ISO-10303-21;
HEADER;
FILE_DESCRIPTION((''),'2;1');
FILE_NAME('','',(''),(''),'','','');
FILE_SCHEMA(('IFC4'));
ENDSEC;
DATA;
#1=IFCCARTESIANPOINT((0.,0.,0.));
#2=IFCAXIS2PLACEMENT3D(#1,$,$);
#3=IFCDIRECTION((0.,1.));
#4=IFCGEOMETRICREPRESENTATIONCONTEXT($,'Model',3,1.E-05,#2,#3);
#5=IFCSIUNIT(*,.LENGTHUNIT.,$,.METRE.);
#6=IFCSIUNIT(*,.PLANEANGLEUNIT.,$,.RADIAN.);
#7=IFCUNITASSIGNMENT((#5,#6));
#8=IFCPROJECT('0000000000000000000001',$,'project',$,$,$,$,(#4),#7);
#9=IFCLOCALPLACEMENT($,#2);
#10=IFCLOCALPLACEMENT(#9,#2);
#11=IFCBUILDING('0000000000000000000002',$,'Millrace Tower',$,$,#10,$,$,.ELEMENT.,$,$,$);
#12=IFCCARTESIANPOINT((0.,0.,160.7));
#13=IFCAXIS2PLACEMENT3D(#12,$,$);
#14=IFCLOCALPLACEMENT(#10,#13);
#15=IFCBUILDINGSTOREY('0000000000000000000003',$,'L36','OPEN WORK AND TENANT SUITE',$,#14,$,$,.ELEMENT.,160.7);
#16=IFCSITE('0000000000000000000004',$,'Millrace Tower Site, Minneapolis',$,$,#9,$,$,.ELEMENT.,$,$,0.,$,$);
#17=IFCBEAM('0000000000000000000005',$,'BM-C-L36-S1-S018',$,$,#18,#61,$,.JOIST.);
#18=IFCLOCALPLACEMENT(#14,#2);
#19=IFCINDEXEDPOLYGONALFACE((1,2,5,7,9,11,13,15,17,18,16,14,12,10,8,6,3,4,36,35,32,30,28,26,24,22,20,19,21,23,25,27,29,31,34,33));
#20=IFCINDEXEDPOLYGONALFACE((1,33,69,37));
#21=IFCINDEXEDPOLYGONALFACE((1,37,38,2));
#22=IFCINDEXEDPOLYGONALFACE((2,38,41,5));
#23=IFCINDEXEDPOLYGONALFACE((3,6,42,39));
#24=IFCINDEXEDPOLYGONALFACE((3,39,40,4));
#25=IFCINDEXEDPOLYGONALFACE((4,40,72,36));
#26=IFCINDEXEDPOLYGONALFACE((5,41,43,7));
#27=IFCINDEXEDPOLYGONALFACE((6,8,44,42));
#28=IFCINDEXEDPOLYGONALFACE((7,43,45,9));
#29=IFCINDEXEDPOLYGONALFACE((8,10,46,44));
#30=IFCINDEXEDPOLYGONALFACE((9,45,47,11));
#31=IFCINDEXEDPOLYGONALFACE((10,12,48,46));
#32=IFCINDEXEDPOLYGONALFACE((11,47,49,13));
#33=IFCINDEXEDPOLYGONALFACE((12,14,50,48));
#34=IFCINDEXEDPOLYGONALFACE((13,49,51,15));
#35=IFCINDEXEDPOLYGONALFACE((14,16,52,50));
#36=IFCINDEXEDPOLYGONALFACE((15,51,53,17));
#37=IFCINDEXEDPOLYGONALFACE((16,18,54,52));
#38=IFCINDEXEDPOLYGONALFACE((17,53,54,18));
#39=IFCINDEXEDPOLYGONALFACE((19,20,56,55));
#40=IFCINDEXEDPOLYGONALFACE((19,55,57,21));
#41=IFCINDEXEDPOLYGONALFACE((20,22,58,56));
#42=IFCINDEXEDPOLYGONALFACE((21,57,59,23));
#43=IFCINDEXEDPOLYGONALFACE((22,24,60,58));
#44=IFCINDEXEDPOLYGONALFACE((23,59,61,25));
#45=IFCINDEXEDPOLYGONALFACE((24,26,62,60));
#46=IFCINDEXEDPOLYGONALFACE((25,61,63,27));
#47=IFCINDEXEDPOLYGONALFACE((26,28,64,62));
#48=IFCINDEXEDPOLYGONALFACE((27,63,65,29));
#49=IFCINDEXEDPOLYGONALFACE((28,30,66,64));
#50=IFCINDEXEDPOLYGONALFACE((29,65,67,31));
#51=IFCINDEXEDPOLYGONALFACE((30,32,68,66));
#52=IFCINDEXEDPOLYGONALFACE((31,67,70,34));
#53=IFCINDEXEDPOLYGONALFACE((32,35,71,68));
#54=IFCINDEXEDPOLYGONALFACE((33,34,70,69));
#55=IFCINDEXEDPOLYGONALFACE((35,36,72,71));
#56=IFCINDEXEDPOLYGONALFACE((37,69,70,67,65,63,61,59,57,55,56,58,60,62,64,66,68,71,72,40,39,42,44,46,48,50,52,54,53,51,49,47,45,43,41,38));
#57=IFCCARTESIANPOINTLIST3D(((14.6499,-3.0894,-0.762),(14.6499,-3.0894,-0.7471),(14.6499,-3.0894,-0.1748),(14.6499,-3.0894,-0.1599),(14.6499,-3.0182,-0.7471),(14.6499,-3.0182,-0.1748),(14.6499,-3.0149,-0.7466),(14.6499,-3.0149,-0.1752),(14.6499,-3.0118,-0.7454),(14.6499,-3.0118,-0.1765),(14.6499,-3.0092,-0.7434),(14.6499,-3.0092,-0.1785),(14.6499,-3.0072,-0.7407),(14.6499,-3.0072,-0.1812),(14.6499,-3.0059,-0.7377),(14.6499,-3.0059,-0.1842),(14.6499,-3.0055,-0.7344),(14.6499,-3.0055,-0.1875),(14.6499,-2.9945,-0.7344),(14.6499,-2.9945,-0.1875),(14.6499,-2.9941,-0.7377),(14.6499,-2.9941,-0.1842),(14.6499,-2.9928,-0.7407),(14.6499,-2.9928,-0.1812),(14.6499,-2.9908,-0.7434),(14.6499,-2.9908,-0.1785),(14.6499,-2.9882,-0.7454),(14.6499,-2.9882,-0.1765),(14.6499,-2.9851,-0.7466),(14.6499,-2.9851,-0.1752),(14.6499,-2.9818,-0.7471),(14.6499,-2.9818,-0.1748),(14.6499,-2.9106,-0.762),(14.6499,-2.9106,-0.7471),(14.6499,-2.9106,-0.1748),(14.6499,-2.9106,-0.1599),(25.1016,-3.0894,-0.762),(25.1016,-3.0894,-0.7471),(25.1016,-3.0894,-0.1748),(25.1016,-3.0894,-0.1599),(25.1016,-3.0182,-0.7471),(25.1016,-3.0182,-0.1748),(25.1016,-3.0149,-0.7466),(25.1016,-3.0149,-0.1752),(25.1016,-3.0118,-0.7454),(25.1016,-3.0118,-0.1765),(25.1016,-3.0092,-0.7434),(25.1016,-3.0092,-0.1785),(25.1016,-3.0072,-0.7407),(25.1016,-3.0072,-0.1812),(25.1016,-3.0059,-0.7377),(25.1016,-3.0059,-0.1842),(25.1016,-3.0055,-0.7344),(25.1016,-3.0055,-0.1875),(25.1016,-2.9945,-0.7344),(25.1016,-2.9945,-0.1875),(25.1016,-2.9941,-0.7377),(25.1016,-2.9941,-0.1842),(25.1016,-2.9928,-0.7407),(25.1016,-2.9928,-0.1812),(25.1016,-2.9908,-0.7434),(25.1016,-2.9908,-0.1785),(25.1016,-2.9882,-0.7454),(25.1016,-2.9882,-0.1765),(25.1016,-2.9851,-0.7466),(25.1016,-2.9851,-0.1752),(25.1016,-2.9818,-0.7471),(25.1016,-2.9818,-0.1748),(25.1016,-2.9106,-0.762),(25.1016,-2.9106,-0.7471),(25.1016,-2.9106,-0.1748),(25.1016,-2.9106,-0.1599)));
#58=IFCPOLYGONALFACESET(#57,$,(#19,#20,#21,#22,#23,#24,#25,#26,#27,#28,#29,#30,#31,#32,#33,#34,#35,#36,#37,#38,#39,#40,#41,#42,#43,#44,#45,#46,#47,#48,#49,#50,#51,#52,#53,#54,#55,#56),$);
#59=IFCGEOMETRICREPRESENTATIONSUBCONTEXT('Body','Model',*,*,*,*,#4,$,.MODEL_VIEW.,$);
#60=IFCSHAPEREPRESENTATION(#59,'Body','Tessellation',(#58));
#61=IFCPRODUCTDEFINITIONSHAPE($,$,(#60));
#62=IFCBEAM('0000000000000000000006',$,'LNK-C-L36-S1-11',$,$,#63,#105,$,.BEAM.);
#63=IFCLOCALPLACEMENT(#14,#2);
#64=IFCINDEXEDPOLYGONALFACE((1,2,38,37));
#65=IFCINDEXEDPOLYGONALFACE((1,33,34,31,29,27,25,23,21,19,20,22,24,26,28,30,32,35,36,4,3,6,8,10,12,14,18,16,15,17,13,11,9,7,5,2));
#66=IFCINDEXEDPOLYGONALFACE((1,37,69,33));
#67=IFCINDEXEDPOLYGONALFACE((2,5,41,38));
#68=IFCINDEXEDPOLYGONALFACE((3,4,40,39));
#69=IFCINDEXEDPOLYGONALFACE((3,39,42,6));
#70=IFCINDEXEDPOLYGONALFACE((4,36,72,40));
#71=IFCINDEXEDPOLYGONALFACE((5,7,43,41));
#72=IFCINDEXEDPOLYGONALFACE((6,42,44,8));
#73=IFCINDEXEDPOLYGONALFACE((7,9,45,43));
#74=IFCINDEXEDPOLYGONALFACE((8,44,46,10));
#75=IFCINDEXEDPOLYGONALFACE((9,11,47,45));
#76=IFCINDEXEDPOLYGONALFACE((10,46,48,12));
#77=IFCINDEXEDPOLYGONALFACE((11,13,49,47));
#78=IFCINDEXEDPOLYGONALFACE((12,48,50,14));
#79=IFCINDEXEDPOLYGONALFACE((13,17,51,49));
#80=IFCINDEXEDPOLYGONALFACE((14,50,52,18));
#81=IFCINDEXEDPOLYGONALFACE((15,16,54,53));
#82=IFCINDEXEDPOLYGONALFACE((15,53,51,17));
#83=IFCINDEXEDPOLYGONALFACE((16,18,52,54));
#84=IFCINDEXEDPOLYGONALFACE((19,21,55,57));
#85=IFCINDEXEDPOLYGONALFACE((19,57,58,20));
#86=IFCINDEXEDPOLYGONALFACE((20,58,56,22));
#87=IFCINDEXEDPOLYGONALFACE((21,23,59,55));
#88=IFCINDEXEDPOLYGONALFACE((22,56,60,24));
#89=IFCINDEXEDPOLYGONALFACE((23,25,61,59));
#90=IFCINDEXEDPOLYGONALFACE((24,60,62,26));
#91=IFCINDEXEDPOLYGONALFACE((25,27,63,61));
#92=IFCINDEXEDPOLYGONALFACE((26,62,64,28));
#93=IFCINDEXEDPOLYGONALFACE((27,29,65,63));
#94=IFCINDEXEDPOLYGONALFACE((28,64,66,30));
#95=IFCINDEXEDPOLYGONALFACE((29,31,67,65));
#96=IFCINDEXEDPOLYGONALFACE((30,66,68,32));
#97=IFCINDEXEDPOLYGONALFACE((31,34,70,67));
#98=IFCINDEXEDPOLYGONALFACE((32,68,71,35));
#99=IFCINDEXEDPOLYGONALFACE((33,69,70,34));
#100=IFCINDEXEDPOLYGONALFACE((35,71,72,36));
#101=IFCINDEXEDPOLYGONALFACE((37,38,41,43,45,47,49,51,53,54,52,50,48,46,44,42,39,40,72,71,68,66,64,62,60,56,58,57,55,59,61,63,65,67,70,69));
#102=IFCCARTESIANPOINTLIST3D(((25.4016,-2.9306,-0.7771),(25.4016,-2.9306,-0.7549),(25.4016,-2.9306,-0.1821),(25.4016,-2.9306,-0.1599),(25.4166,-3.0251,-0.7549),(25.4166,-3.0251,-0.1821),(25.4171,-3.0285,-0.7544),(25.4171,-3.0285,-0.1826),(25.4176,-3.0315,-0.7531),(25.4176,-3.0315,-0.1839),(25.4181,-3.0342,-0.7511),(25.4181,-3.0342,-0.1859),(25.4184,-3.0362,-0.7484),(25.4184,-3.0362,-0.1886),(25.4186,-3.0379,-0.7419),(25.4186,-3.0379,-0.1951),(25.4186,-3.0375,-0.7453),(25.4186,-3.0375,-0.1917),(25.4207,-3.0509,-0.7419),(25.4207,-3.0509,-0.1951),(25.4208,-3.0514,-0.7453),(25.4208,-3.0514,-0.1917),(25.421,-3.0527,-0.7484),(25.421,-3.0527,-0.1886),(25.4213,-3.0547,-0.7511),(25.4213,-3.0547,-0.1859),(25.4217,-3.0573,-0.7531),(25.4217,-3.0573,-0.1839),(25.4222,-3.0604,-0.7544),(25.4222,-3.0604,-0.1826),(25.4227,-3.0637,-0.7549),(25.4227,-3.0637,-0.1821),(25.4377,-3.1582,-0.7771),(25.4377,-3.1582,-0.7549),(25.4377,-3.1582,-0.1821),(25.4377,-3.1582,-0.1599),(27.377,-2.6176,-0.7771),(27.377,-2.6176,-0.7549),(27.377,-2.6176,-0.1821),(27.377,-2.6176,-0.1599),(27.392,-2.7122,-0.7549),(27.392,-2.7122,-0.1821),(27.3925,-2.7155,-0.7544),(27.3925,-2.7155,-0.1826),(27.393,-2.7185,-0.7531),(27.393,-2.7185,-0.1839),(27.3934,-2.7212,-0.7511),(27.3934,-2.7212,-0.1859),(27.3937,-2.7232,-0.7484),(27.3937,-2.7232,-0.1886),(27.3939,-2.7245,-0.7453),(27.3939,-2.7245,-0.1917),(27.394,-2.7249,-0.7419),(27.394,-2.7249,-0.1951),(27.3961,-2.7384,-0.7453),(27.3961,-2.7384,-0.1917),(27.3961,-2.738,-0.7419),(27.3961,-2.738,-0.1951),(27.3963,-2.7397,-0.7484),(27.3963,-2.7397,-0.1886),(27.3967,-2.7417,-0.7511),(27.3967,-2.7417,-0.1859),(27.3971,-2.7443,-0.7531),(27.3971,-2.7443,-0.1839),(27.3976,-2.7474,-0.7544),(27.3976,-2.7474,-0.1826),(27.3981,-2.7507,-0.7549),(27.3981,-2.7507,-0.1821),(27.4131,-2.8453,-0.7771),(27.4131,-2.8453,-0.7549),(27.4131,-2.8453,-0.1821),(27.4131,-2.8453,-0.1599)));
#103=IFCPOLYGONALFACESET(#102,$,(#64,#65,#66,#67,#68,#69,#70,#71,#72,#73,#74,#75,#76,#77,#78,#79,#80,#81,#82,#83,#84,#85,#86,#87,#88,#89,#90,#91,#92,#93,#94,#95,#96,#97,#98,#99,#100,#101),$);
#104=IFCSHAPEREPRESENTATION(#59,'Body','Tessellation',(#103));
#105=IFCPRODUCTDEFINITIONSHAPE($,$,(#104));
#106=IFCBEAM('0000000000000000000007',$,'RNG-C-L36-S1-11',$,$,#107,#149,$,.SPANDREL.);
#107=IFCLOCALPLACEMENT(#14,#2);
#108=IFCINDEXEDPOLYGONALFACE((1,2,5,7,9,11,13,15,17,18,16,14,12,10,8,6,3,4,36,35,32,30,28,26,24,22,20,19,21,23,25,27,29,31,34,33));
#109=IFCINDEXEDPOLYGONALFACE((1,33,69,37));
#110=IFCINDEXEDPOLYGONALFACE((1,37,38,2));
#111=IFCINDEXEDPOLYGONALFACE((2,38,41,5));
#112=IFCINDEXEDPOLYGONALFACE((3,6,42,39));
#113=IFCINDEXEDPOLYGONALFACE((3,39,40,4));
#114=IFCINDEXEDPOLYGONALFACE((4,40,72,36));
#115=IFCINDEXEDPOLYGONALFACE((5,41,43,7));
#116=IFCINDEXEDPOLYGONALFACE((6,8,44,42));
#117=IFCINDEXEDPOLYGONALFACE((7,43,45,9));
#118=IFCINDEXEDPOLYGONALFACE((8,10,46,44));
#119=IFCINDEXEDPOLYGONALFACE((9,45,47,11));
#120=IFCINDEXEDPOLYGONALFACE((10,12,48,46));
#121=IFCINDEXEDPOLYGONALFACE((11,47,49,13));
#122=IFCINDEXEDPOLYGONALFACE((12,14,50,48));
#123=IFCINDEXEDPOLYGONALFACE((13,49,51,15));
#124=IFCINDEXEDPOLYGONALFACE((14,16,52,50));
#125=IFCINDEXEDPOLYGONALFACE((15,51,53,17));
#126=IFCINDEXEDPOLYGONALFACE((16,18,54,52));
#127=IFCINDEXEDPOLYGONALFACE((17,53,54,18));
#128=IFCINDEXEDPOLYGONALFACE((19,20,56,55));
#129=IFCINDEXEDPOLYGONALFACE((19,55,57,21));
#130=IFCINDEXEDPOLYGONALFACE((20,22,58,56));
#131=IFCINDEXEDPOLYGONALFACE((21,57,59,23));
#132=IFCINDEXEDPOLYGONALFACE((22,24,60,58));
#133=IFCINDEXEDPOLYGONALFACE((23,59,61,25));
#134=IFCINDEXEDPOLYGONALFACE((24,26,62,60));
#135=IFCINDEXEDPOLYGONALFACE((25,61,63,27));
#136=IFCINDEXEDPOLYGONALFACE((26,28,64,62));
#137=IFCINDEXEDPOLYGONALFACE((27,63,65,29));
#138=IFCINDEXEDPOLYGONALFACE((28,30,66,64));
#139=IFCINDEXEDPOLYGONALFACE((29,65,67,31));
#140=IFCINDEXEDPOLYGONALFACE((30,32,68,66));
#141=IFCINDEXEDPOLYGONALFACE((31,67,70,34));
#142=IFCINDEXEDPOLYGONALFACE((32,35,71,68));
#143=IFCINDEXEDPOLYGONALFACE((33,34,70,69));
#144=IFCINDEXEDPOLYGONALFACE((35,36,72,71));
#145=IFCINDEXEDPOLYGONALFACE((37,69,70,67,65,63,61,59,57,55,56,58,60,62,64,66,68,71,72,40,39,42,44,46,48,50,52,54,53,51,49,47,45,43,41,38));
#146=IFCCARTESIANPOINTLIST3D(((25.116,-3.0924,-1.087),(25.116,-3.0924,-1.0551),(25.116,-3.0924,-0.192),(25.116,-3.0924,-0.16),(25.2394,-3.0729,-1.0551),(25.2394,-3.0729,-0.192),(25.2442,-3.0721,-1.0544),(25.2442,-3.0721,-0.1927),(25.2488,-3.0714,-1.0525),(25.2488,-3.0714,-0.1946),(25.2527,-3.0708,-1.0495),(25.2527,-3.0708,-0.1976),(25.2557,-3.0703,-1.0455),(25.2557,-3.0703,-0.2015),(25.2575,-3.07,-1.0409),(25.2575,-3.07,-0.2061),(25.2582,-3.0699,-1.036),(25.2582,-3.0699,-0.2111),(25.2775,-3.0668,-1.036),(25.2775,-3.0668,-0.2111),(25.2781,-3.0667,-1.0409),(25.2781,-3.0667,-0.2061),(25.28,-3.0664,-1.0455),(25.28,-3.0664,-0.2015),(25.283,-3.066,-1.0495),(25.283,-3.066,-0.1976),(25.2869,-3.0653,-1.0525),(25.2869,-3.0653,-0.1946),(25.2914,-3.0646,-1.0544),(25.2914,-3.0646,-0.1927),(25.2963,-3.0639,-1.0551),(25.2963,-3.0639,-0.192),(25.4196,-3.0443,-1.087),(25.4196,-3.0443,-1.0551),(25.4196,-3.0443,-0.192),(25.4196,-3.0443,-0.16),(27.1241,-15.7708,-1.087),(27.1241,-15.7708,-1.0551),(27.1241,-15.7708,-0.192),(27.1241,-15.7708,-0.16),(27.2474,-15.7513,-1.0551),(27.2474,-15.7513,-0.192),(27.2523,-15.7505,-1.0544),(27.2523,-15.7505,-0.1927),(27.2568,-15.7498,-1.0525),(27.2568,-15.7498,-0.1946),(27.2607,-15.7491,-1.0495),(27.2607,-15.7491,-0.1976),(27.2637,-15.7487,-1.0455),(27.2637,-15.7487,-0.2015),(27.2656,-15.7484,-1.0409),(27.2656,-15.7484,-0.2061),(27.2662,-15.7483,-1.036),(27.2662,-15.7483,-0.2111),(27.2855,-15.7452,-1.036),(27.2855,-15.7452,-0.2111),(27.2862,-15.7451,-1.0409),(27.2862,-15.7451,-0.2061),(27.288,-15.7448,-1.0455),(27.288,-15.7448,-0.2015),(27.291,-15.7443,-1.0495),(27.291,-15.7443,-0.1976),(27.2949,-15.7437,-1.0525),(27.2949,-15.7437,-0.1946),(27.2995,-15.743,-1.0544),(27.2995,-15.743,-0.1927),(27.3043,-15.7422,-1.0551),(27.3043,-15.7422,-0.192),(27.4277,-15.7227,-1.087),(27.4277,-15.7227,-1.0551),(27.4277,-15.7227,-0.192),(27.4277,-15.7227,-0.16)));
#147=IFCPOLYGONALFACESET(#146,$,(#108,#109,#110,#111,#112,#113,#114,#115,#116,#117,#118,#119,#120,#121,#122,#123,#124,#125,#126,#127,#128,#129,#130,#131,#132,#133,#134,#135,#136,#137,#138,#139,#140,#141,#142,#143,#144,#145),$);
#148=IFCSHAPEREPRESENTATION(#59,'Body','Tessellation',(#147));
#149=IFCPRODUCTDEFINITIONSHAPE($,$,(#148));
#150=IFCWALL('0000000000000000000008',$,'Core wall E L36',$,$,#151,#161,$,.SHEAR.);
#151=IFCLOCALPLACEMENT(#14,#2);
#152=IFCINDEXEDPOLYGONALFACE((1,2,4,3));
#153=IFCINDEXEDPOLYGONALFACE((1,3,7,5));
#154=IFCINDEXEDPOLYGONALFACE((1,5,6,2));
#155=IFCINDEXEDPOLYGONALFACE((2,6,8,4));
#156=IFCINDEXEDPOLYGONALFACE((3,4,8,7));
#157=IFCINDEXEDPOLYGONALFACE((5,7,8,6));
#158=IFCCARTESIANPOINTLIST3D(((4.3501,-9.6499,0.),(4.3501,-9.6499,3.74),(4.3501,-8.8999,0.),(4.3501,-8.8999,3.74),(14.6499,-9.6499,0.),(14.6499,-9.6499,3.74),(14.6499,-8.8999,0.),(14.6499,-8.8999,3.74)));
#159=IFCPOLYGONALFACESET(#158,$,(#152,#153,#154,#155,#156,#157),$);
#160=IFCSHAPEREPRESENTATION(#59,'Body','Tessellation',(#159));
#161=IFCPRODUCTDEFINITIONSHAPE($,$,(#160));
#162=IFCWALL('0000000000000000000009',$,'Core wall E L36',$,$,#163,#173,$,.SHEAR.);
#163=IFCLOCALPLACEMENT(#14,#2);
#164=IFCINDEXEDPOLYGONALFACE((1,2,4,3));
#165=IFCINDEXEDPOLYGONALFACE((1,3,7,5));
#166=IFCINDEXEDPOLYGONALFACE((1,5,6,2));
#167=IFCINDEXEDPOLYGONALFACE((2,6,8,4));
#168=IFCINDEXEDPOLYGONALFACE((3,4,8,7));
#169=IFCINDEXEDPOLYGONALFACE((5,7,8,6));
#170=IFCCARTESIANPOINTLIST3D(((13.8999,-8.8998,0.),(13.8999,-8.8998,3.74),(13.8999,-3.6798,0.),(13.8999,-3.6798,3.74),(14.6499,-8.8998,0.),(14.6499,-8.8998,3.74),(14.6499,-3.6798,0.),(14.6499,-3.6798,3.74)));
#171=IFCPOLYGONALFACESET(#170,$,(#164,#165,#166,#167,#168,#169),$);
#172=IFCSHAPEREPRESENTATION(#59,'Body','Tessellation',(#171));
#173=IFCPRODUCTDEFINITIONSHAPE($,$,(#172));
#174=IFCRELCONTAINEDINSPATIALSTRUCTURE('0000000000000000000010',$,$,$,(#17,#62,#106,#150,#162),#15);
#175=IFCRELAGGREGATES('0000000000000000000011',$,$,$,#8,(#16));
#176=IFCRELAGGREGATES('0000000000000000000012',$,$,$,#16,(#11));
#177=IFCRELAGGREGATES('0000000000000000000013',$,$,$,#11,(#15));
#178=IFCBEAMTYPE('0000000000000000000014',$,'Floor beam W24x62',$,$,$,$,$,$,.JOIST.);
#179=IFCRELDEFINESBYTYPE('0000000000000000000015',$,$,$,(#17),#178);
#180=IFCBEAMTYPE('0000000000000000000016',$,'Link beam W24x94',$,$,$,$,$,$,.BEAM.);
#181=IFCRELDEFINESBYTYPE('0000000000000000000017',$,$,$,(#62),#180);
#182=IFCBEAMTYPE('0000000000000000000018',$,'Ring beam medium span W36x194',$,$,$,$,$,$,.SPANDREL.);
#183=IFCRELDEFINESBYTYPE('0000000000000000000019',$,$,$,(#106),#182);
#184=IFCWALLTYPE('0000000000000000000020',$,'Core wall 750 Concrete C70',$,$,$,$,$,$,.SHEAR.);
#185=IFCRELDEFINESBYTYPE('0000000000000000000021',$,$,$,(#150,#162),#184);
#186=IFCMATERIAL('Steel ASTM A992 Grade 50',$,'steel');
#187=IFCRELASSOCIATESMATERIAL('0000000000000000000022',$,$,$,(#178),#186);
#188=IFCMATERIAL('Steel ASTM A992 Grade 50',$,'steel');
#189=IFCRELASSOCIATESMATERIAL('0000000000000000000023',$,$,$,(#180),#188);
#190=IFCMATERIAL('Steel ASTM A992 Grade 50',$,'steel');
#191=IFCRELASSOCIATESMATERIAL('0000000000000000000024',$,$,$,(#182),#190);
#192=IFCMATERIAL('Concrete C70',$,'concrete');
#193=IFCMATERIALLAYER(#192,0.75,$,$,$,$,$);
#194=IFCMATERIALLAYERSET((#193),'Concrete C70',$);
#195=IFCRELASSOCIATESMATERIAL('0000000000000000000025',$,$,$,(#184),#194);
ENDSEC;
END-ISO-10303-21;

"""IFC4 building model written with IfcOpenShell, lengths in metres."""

from ifc_helpers import new_model, si_unit, direction, frame, frame_2d, origin, origin_2d, place, context, subcontext, project, spatial, rectangle, i_section, extrude, material, layer, layer_set, material_profile, profile_set, type_object, element, save


model = new_model("IFC4")

# Units and contexts
model_context = context("Model", 3, precision=1e-05, world=origin(), true_north=direction((0.0, 1.0)))
body_context = subcontext(model_context, "Body", "Model", "MODEL_VIEW")
ifc_project = project(units=[si_unit("LENGTHUNIT", "METRE"), si_unit("PLANEANGLEUNIT", "RADIAN")], contexts=[model_context])

# Site, building, storey
site_placement = place(None, origin())
site = spatial("IfcSite", under=ifc_project, at=site_placement, Name="Millrace Tower Site, Minneapolis", CompositionType="ELEMENT", RefElevation=0.0)
building_placement = place(site_placement, origin())
building = spatial("IfcBuilding", under=site, at=building_placement, Name="Millrace Tower", CompositionType="ELEMENT")
storey_placement = place(building_placement, frame((0.0, 0.0, 160.7)))
storey = spatial("IfcBuildingStorey", under=building, at=storey_placement, Name="L36", Description="OPEN WORK AND TENANT SUITE", CompositionType="ELEMENT", Elevation=160.7)

# Beams
ifc_material_1 = material(Name="Steel ASTM A992 Grade 50", Category="steel")
ifc_material_profile_1 = material_profile(ifc_material_1, i_section(OverallWidth=0.1787, OverallDepth=0.6021, WebThickness=0.011, FlangeThickness=0.0149, FilletRadius=0.0127, at=origin_2d()))
ifc_profile_set_1 = profile_set([ifc_material_profile_1], Name="Steel ASTM A992 Grade 50")
beam_type_1 = type_object("IfcBeamType", Name="Floor beam W24x62", PredefinedType="JOIST", material=ifc_profile_set_1)
beam_1_placement = place(storey_placement, frame((14.6499, -3.0, -0.4609), z_axis=(1.0, 0.0, 0.0), x_axis=(0.0, 1.0, 0.0)))
element("IfcBeam", 1, at=beam_1_placement, inside=storey, type_object=beam_type_1, Name="BM-C-L36-S1-S018", PredefinedType="JOIST", context=body_context, shape_type="SweptSolid", body=[
    extrude(i_section(OverallWidth=0.1787, OverallDepth=0.6021, WebThickness=0.011, FlangeThickness=0.0149, FilletRadius=0.0127, at=origin_2d()), origin(), (0.0, 0.0, 1.0), 10.4517),
])
ifc_material_2 = material(Name="Steel ASTM A992 Grade 50", Category="steel")
ifc_material_profile_2 = material_profile(ifc_material_2, i_section(OverallWidth=0.2305, OverallDepth=0.6172, WebThickness=0.0132, FlangeThickness=0.0222, FilletRadius=0.0129, at=origin_2d()))
ifc_profile_set_2 = profile_set([ifc_material_profile_2], Name="Steel ASTM A992 Grade 50")
beam_type_2 = type_object("IfcBeamType", Name="Link beam W24x94", PredefinedType="BEAM", material=ifc_profile_set_2)
beam_2_placement = place(storey_placement, frame((25.4197, -3.0444, -0.4685), z_axis=(0.987679, 0.156495, 0.0), x_axis=(-0.156495, 0.987679, 0.0)))
element("IfcBeam", 2, at=beam_2_placement, inside=storey, type_object=beam_type_2, Name="LNK-C-L36-S1-11", PredefinedType="BEAM", context=body_context, shape_type="SweptSolid", body=[
    extrude(i_section(OverallWidth=0.2305, OverallDepth=0.6172, WebThickness=0.0132, FlangeThickness=0.0222, FilletRadius=0.0129, at=origin_2d()), origin(), (0.0, 0.0, 1.0), 2.0),
])
ifc_material_3 = material(Name="Steel ASTM A992 Grade 50", Category="steel")
ifc_material_profile_3 = material_profile(ifc_material_3, i_section(OverallWidth=0.3074, OverallDepth=0.927, WebThickness=0.0195, FlangeThickness=0.032, FilletRadius=0.019, at=origin_2d()))
ifc_profile_set_3 = profile_set([ifc_material_profile_3], Name="Steel ASTM A992 Grade 50")
beam_type_3 = type_object("IfcBeamType", Name="Ring beam medium span W36x194", PredefinedType="SPANDREL", material=ifc_profile_set_3)
beam_3_placement = place(storey_placement, frame((25.2678, -3.0684, -0.6235), z_axis=(0.156433, -0.987689, 0.0), x_axis=(0.987689, 0.156433, 0.0)))
element("IfcBeam", 3, at=beam_3_placement, inside=storey, type_object=beam_type_3, Name="RNG-C-L36-S1-11", PredefinedType="SPANDREL", context=body_context, shape_type="SweptSolid", body=[
    extrude(i_section(OverallWidth=0.3074, OverallDepth=0.927, WebThickness=0.0195, FlangeThickness=0.032, FilletRadius=0.019, at=origin_2d()), origin(), (0.0, 0.0, 1.0), 12.8364),
])

# Walls
ifc_material_4 = material(Name="Concrete C70", Category="concrete")
ifc_layer_1 = layer(ifc_material_4, 0.75)
ifc_layer_set_1 = layer_set([ifc_layer_1], Name="Concrete C70")
wall_type_1 = type_object("IfcWallType", Name="Core wall 750 Concrete C70", PredefinedType="SHEAR", material=ifc_layer_set_1)
wall_1_placement = place(storey_placement, frame((14.6499, -9.2749, 0.0), z_axis=(0.0, 0.0, 1.0), x_axis=(-1.0, 0.0, 0.0)))
element("IfcWall", 4, at=wall_1_placement, inside=storey, type_object=wall_type_1, Name="Core wall E L36", PredefinedType="SHEAR", context=body_context, shape_type="SweptSolid", body=[
    extrude(rectangle(XDim=10.2998, YDim=0.75, at=frame_2d((5.1499, 0.0))), origin(), (0.0, 0.0, 1.0), 3.74),
])
wall_2_placement = place(storey_placement, frame((14.2749, -3.6799, 0.0), z_axis=(0.0, 0.0, 1.0), x_axis=(0.0, -1.0, 0.0)))
element("IfcWall", 5, at=wall_2_placement, inside=storey, type_object=wall_type_1, Name="Core wall E L36", PredefinedType="SHEAR", context=body_context, shape_type="SweptSolid", body=[
    extrude(rectangle(XDim=5.22, YDim=0.75, at=frame_2d((2.6099, 0.0))), origin(), (0.0, 0.0, 1.0), 3.74),
])

save(model, "model.ifc")
